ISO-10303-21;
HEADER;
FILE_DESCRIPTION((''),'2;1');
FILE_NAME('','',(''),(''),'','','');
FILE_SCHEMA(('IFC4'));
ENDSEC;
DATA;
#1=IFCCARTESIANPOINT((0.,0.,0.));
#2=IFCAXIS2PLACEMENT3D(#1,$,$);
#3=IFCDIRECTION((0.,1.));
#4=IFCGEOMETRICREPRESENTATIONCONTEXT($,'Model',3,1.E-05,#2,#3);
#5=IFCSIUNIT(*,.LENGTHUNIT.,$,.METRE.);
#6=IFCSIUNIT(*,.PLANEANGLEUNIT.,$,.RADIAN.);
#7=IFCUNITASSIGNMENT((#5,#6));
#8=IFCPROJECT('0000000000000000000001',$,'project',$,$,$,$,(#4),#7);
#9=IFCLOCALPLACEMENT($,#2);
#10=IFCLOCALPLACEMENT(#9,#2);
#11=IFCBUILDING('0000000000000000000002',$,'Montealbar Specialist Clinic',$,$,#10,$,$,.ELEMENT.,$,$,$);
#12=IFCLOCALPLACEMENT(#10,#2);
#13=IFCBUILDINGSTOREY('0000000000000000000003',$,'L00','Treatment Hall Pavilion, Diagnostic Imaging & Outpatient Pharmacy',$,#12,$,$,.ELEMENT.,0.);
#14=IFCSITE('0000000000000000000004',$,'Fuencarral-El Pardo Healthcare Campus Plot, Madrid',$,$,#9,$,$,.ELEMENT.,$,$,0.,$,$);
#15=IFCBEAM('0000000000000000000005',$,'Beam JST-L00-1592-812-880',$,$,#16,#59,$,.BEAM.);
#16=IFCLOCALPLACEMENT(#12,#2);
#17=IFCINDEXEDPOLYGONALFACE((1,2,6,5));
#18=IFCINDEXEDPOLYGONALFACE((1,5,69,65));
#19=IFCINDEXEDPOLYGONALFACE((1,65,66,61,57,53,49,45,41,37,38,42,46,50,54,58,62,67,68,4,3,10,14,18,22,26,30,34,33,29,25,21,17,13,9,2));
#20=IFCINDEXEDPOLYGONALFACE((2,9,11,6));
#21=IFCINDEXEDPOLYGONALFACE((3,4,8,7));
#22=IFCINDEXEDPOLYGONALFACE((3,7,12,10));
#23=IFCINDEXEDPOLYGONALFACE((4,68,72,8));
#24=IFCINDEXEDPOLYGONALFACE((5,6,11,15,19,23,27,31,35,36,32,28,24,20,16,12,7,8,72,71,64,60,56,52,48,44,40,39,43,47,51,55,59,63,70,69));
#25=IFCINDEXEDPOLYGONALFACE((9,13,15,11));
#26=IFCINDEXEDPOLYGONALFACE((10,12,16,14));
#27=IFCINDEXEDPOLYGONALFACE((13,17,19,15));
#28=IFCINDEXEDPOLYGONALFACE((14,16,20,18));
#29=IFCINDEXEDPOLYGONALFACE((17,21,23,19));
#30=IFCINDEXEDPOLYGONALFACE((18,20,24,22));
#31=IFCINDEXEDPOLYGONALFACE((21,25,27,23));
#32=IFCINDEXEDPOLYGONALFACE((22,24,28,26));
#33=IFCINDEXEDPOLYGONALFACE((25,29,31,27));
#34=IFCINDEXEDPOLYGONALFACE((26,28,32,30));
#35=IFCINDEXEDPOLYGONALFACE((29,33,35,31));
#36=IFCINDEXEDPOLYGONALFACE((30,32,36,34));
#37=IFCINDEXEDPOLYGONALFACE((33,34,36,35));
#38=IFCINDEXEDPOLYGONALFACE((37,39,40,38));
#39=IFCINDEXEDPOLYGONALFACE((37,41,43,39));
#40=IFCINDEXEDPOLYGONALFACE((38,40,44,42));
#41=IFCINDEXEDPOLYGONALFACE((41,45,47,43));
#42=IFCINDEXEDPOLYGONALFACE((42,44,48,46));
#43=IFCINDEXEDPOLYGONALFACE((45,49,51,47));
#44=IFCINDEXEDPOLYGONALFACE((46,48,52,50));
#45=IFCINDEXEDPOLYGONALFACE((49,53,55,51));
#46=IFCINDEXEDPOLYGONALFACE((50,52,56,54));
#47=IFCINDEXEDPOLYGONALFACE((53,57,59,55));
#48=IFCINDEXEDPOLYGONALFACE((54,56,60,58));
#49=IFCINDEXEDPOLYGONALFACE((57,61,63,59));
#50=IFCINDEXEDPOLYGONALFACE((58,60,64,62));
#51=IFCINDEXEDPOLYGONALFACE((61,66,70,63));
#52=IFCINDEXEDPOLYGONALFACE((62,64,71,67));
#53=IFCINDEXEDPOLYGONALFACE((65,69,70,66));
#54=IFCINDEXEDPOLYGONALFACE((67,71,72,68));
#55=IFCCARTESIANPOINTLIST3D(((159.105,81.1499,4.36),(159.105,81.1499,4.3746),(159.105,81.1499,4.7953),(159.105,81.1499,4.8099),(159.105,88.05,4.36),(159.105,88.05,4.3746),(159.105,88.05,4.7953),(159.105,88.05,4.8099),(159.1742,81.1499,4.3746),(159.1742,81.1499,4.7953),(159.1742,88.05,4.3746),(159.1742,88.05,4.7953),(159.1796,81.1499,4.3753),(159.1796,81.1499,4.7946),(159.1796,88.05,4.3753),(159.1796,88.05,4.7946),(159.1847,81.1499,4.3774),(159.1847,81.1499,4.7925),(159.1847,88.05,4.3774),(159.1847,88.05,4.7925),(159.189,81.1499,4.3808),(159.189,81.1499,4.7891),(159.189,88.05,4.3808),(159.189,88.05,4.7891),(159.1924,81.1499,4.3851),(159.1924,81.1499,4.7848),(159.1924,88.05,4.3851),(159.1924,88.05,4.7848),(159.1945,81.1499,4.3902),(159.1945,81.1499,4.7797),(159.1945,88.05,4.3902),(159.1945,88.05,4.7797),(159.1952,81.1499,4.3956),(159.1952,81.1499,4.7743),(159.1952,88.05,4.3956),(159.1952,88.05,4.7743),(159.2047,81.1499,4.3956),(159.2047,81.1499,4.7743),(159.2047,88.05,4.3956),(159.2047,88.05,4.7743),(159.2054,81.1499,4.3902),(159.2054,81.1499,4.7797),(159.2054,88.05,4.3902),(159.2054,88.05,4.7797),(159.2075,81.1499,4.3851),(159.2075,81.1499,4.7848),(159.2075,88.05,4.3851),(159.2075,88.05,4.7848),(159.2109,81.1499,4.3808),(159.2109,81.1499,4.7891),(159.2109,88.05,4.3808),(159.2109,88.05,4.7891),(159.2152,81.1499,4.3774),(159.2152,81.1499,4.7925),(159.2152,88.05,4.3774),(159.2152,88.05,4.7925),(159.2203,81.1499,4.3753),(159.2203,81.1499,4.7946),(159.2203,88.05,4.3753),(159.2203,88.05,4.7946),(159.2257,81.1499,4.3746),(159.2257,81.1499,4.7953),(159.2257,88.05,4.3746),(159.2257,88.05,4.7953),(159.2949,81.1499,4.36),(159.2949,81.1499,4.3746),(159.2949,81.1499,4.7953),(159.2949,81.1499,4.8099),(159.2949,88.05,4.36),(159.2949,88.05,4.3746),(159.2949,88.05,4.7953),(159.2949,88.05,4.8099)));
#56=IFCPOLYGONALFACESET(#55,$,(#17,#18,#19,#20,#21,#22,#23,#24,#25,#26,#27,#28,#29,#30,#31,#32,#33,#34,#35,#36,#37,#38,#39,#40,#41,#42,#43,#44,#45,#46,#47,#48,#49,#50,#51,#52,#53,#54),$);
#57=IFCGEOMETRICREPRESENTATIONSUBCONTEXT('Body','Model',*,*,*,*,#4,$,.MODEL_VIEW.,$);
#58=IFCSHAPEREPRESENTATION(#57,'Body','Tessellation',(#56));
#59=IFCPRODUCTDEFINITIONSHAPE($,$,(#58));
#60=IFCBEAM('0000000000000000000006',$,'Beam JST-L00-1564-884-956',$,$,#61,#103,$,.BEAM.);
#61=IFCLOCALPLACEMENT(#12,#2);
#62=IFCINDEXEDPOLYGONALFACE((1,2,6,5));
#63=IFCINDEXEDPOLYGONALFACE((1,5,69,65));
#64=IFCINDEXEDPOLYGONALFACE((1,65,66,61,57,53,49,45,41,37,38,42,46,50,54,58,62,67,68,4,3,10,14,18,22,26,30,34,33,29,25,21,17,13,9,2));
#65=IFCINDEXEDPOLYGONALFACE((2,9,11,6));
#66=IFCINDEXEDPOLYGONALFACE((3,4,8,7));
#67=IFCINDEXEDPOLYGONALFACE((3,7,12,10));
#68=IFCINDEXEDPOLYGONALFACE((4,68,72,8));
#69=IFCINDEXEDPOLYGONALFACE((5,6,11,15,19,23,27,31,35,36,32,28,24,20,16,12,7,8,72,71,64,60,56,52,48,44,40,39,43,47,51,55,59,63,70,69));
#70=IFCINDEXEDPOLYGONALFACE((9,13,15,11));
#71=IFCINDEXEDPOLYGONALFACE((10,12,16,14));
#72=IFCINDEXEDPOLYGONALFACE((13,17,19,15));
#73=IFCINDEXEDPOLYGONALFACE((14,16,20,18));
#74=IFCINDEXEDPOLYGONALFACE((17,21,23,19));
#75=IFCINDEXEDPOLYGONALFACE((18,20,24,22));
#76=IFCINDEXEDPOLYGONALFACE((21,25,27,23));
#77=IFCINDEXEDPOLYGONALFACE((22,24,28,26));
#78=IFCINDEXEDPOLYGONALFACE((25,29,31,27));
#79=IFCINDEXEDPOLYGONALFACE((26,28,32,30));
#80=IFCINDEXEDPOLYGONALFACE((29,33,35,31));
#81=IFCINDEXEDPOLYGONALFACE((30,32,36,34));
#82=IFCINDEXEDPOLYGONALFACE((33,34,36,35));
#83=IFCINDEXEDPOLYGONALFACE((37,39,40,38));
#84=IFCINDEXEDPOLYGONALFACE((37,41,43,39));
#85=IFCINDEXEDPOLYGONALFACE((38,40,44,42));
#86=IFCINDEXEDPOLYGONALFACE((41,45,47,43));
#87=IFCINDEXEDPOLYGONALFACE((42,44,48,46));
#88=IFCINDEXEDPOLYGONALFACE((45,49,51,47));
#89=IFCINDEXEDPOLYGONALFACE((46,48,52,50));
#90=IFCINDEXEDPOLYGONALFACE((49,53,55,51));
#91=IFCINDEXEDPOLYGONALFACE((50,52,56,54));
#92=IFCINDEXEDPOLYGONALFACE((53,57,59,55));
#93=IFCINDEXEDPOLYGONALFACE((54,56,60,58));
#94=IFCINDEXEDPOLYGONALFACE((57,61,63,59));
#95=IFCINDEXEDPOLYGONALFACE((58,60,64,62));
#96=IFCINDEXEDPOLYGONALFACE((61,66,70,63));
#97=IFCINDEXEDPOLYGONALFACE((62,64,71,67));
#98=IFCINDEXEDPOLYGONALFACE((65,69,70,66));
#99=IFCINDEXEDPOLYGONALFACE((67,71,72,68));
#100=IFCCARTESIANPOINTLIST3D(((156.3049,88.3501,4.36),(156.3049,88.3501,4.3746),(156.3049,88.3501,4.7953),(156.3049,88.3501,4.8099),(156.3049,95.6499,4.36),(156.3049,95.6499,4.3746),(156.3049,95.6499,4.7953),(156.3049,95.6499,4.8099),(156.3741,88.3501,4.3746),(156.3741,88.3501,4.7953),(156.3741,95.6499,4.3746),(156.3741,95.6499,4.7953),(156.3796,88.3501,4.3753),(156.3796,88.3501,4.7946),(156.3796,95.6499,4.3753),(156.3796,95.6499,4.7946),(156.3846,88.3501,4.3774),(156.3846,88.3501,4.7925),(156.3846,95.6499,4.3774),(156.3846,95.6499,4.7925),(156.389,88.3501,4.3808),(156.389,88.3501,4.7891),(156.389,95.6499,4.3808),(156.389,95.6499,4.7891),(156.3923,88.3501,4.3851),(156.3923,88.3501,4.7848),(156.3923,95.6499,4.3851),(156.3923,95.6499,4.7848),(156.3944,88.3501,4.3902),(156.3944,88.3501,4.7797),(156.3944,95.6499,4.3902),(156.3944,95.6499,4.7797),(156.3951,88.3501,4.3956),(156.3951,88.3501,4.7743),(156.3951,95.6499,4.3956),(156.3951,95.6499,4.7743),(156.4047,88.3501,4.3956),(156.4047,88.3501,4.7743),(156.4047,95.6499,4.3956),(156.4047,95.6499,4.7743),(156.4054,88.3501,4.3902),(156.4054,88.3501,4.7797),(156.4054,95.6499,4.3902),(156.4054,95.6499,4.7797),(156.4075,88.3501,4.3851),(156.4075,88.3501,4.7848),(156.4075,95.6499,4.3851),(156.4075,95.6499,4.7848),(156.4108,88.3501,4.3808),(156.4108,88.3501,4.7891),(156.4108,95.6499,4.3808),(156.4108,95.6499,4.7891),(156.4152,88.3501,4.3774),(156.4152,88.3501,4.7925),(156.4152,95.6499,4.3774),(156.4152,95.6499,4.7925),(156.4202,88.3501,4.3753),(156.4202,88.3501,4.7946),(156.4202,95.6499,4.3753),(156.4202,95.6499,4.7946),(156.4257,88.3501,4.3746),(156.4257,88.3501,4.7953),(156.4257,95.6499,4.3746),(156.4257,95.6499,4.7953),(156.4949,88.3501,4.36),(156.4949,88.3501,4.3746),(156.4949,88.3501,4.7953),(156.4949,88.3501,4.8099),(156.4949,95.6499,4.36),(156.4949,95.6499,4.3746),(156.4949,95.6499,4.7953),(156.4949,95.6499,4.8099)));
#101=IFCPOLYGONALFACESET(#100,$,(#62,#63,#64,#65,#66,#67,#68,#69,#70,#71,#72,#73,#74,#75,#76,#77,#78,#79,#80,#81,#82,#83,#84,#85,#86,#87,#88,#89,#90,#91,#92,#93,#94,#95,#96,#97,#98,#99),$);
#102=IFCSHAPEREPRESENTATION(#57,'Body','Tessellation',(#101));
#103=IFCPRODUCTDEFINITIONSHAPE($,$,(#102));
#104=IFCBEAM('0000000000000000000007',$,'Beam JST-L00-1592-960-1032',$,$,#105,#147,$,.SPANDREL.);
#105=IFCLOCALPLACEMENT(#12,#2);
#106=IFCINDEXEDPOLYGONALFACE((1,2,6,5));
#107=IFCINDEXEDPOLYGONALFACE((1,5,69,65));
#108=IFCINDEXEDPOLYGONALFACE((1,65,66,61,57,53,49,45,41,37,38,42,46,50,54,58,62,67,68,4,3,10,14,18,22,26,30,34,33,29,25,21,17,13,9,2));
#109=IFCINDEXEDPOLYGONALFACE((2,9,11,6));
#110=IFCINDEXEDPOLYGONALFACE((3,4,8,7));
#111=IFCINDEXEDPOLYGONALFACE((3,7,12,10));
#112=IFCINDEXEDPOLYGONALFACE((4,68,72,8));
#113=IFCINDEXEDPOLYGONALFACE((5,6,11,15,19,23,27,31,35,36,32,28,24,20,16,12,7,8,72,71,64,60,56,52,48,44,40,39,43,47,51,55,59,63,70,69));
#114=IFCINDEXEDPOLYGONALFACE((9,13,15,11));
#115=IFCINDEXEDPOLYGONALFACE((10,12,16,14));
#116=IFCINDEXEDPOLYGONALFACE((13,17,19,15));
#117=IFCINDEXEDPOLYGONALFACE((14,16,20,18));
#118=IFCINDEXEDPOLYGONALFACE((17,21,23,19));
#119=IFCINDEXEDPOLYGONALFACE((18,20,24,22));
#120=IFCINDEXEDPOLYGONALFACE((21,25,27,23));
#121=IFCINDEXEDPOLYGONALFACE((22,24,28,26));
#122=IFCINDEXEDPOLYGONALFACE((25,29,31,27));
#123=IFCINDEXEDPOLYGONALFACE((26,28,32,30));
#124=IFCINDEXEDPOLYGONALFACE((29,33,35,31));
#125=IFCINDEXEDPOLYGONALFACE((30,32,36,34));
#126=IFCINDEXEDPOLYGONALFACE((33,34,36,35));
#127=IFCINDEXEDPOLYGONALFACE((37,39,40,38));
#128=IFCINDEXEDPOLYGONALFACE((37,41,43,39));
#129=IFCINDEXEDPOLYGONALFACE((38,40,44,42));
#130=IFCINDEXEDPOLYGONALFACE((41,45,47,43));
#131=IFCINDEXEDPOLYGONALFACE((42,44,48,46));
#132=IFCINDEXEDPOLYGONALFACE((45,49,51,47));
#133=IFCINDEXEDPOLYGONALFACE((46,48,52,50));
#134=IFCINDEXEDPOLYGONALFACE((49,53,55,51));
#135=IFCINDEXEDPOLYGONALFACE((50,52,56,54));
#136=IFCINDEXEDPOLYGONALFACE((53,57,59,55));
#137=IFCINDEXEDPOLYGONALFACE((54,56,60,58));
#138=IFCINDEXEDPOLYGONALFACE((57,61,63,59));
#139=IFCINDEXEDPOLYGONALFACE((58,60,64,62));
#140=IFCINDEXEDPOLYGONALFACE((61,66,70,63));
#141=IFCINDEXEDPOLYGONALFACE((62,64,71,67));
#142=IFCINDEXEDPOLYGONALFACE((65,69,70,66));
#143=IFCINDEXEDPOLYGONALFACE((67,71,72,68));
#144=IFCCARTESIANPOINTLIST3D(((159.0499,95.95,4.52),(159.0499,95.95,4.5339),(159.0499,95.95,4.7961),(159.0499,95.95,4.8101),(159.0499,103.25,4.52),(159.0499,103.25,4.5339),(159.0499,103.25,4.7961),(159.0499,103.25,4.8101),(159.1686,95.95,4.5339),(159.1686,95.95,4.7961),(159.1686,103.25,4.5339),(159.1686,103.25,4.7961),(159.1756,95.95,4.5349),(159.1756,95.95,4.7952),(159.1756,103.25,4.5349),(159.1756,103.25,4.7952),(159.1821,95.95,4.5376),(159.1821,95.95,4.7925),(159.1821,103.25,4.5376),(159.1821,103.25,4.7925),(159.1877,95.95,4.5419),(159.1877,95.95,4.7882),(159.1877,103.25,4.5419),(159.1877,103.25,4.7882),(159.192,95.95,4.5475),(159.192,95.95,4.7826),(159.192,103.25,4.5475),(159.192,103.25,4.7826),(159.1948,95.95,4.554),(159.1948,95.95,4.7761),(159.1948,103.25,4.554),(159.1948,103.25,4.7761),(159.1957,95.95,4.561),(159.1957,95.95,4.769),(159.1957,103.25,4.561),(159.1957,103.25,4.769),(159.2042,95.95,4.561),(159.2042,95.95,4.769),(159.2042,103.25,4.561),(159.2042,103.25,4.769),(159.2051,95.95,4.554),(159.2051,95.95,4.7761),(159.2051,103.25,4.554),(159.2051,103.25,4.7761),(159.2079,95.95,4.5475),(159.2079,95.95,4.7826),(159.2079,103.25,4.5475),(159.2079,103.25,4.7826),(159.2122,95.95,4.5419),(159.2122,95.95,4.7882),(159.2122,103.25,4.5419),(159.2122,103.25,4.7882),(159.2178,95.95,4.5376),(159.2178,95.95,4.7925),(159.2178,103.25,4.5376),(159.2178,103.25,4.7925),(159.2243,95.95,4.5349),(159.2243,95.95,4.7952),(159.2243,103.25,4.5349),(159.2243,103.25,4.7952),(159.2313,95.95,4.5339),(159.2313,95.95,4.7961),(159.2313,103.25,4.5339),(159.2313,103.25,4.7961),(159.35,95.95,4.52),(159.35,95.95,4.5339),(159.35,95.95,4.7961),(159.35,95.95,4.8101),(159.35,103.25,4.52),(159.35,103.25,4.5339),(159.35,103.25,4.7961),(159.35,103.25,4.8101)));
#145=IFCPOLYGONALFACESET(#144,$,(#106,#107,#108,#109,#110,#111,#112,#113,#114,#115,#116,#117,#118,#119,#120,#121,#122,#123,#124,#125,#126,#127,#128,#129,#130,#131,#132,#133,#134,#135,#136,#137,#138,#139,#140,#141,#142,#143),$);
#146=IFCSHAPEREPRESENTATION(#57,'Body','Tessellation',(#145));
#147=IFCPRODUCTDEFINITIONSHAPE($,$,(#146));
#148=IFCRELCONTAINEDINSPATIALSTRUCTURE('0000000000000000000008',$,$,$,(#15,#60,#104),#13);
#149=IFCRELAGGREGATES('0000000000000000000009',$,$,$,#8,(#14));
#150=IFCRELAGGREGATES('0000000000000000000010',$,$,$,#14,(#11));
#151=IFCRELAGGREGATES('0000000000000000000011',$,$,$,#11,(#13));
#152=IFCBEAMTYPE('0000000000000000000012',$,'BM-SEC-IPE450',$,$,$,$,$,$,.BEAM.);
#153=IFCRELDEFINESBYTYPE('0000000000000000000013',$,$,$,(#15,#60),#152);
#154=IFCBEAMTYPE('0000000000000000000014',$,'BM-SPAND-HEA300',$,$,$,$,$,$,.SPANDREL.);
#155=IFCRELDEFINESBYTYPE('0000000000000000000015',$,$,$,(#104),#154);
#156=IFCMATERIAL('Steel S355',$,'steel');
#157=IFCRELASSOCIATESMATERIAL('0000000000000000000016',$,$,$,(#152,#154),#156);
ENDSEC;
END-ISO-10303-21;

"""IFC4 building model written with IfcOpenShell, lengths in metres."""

from ifc_helpers import new_model, si_unit, direction, frame, origin, origin_2d, place, context, subcontext, project, spatial, i_section, extrude, material, material_profile, profile_set, type_object, element, save


model = new_model("IFC4")

# Units and contexts
model_context = context("Model", 3, precision=1e-05, world=origin(), true_north=direction((0.0, 1.0)))
body_context = subcontext(model_context, "Body", "Model", "MODEL_VIEW")
ifc_project = project(units=[si_unit("LENGTHUNIT", "METRE"), si_unit("PLANEANGLEUNIT", "RADIAN")], contexts=[model_context])

# Site, building, storey
site_placement = place(None, origin())
site = spatial("IfcSite", under=ifc_project, at=site_placement, Name="Fuencarral-El Pardo Healthcare Campus Plot, Madrid", CompositionType="ELEMENT", RefElevation=0.0)
building_placement = place(site_placement, origin())
building = spatial("IfcBuilding", under=site, at=building_placement, Name="Montealbar Specialist Clinic", CompositionType="ELEMENT")
storey_placement = place(building_placement, origin())
storey = spatial("IfcBuildingStorey", under=building, at=storey_placement, Name="L00", Description="Treatment Hall Pavilion, Diagnostic Imaging & Outpatient Pharmacy", CompositionType="ELEMENT", Elevation=0.0)

# Shared definitions
ifc_material_1 = material(Name="Steel S355", Category="steel")

# Beams
ifc_material_profile_1 = material_profile(ifc_material_1, i_section(OverallWidth=0.1899, OverallDepth=0.45, WebThickness=0.0095, FlangeThickness=0.0146, FilletRadius=0.021, at=origin_2d()), Name="IPE 450", Category="steel")
ifc_profile_set_1 = profile_set([ifc_material_profile_1], Name="Steel S355")
beam_type_1 = type_object("IfcBeamType", Name="BM-SEC-IPE450", PredefinedType="BEAM", material=ifc_profile_set_1)
beam_1_placement = place(storey_placement, frame((159.2, 81.1499, 4.585), z_axis=(0.0, 1.0, 0.0), x_axis=(-1.0, 0.0, 0.0)))
element("IfcBeam", 1, at=beam_1_placement, inside=storey, type_object=beam_type_1, Name="Beam JST-L00-1592-812-880", PredefinedType="BEAM", context=body_context, shape_type="SweptSolid", body=[
    extrude(i_section(OverallWidth=0.1899, OverallDepth=0.45, WebThickness=0.0095, FlangeThickness=0.0146, FilletRadius=0.021, at=origin_2d()), origin(), (0.0, 0.0, 1.0), 6.9001),
])
beam_2_placement = place(storey_placement, frame((156.3999, 88.3501, 4.585), z_axis=(0.0, 1.0, 0.0), x_axis=(-1.0, 0.0, 0.0)))
element("IfcBeam", 2, at=beam_2_placement, inside=storey, type_object=beam_type_1, Name="Beam JST-L00-1564-884-956", PredefinedType="BEAM", context=body_context, shape_type="SweptSolid", body=[
    extrude(i_section(OverallWidth=0.1899, OverallDepth=0.45, WebThickness=0.0095, FlangeThickness=0.0146, FilletRadius=0.021, at=origin_2d()), origin(), (0.0, 0.0, 1.0), 7.2998),
])
ifc_material_profile_2 = material_profile(ifc_material_1, i_section(OverallWidth=0.3, OverallDepth=0.29, WebThickness=0.0085, FlangeThickness=0.0139, FilletRadius=0.0271, at=origin_2d()), Name="HEA 300", Category="steel")
ifc_profile_set_2 = profile_set([ifc_material_profile_2], Name="Steel S355")
beam_type_2 = type_object("IfcBeamType", Name="BM-SPAND-HEA300", PredefinedType="SPANDREL", material=ifc_profile_set_2)
beam_3_placement = place(storey_placement, frame((159.2, 95.95, 4.665), z_axis=(0.0, 1.0, 0.0), x_axis=(-1.0, 0.0, 0.0)))
element("IfcBeam", 3, at=beam_3_placement, inside=storey, type_object=beam_type_2, Name="Beam JST-L00-1592-960-1032", PredefinedType="SPANDREL", context=body_context, shape_type="SweptSolid", body=[
    extrude(i_section(OverallWidth=0.3, OverallDepth=0.29, WebThickness=0.0085, FlangeThickness=0.0139, FilletRadius=0.0271, at=origin_2d()), origin(), (0.0, 0.0, 1.0), 7.3),
])

save(model, "model.ifc")
